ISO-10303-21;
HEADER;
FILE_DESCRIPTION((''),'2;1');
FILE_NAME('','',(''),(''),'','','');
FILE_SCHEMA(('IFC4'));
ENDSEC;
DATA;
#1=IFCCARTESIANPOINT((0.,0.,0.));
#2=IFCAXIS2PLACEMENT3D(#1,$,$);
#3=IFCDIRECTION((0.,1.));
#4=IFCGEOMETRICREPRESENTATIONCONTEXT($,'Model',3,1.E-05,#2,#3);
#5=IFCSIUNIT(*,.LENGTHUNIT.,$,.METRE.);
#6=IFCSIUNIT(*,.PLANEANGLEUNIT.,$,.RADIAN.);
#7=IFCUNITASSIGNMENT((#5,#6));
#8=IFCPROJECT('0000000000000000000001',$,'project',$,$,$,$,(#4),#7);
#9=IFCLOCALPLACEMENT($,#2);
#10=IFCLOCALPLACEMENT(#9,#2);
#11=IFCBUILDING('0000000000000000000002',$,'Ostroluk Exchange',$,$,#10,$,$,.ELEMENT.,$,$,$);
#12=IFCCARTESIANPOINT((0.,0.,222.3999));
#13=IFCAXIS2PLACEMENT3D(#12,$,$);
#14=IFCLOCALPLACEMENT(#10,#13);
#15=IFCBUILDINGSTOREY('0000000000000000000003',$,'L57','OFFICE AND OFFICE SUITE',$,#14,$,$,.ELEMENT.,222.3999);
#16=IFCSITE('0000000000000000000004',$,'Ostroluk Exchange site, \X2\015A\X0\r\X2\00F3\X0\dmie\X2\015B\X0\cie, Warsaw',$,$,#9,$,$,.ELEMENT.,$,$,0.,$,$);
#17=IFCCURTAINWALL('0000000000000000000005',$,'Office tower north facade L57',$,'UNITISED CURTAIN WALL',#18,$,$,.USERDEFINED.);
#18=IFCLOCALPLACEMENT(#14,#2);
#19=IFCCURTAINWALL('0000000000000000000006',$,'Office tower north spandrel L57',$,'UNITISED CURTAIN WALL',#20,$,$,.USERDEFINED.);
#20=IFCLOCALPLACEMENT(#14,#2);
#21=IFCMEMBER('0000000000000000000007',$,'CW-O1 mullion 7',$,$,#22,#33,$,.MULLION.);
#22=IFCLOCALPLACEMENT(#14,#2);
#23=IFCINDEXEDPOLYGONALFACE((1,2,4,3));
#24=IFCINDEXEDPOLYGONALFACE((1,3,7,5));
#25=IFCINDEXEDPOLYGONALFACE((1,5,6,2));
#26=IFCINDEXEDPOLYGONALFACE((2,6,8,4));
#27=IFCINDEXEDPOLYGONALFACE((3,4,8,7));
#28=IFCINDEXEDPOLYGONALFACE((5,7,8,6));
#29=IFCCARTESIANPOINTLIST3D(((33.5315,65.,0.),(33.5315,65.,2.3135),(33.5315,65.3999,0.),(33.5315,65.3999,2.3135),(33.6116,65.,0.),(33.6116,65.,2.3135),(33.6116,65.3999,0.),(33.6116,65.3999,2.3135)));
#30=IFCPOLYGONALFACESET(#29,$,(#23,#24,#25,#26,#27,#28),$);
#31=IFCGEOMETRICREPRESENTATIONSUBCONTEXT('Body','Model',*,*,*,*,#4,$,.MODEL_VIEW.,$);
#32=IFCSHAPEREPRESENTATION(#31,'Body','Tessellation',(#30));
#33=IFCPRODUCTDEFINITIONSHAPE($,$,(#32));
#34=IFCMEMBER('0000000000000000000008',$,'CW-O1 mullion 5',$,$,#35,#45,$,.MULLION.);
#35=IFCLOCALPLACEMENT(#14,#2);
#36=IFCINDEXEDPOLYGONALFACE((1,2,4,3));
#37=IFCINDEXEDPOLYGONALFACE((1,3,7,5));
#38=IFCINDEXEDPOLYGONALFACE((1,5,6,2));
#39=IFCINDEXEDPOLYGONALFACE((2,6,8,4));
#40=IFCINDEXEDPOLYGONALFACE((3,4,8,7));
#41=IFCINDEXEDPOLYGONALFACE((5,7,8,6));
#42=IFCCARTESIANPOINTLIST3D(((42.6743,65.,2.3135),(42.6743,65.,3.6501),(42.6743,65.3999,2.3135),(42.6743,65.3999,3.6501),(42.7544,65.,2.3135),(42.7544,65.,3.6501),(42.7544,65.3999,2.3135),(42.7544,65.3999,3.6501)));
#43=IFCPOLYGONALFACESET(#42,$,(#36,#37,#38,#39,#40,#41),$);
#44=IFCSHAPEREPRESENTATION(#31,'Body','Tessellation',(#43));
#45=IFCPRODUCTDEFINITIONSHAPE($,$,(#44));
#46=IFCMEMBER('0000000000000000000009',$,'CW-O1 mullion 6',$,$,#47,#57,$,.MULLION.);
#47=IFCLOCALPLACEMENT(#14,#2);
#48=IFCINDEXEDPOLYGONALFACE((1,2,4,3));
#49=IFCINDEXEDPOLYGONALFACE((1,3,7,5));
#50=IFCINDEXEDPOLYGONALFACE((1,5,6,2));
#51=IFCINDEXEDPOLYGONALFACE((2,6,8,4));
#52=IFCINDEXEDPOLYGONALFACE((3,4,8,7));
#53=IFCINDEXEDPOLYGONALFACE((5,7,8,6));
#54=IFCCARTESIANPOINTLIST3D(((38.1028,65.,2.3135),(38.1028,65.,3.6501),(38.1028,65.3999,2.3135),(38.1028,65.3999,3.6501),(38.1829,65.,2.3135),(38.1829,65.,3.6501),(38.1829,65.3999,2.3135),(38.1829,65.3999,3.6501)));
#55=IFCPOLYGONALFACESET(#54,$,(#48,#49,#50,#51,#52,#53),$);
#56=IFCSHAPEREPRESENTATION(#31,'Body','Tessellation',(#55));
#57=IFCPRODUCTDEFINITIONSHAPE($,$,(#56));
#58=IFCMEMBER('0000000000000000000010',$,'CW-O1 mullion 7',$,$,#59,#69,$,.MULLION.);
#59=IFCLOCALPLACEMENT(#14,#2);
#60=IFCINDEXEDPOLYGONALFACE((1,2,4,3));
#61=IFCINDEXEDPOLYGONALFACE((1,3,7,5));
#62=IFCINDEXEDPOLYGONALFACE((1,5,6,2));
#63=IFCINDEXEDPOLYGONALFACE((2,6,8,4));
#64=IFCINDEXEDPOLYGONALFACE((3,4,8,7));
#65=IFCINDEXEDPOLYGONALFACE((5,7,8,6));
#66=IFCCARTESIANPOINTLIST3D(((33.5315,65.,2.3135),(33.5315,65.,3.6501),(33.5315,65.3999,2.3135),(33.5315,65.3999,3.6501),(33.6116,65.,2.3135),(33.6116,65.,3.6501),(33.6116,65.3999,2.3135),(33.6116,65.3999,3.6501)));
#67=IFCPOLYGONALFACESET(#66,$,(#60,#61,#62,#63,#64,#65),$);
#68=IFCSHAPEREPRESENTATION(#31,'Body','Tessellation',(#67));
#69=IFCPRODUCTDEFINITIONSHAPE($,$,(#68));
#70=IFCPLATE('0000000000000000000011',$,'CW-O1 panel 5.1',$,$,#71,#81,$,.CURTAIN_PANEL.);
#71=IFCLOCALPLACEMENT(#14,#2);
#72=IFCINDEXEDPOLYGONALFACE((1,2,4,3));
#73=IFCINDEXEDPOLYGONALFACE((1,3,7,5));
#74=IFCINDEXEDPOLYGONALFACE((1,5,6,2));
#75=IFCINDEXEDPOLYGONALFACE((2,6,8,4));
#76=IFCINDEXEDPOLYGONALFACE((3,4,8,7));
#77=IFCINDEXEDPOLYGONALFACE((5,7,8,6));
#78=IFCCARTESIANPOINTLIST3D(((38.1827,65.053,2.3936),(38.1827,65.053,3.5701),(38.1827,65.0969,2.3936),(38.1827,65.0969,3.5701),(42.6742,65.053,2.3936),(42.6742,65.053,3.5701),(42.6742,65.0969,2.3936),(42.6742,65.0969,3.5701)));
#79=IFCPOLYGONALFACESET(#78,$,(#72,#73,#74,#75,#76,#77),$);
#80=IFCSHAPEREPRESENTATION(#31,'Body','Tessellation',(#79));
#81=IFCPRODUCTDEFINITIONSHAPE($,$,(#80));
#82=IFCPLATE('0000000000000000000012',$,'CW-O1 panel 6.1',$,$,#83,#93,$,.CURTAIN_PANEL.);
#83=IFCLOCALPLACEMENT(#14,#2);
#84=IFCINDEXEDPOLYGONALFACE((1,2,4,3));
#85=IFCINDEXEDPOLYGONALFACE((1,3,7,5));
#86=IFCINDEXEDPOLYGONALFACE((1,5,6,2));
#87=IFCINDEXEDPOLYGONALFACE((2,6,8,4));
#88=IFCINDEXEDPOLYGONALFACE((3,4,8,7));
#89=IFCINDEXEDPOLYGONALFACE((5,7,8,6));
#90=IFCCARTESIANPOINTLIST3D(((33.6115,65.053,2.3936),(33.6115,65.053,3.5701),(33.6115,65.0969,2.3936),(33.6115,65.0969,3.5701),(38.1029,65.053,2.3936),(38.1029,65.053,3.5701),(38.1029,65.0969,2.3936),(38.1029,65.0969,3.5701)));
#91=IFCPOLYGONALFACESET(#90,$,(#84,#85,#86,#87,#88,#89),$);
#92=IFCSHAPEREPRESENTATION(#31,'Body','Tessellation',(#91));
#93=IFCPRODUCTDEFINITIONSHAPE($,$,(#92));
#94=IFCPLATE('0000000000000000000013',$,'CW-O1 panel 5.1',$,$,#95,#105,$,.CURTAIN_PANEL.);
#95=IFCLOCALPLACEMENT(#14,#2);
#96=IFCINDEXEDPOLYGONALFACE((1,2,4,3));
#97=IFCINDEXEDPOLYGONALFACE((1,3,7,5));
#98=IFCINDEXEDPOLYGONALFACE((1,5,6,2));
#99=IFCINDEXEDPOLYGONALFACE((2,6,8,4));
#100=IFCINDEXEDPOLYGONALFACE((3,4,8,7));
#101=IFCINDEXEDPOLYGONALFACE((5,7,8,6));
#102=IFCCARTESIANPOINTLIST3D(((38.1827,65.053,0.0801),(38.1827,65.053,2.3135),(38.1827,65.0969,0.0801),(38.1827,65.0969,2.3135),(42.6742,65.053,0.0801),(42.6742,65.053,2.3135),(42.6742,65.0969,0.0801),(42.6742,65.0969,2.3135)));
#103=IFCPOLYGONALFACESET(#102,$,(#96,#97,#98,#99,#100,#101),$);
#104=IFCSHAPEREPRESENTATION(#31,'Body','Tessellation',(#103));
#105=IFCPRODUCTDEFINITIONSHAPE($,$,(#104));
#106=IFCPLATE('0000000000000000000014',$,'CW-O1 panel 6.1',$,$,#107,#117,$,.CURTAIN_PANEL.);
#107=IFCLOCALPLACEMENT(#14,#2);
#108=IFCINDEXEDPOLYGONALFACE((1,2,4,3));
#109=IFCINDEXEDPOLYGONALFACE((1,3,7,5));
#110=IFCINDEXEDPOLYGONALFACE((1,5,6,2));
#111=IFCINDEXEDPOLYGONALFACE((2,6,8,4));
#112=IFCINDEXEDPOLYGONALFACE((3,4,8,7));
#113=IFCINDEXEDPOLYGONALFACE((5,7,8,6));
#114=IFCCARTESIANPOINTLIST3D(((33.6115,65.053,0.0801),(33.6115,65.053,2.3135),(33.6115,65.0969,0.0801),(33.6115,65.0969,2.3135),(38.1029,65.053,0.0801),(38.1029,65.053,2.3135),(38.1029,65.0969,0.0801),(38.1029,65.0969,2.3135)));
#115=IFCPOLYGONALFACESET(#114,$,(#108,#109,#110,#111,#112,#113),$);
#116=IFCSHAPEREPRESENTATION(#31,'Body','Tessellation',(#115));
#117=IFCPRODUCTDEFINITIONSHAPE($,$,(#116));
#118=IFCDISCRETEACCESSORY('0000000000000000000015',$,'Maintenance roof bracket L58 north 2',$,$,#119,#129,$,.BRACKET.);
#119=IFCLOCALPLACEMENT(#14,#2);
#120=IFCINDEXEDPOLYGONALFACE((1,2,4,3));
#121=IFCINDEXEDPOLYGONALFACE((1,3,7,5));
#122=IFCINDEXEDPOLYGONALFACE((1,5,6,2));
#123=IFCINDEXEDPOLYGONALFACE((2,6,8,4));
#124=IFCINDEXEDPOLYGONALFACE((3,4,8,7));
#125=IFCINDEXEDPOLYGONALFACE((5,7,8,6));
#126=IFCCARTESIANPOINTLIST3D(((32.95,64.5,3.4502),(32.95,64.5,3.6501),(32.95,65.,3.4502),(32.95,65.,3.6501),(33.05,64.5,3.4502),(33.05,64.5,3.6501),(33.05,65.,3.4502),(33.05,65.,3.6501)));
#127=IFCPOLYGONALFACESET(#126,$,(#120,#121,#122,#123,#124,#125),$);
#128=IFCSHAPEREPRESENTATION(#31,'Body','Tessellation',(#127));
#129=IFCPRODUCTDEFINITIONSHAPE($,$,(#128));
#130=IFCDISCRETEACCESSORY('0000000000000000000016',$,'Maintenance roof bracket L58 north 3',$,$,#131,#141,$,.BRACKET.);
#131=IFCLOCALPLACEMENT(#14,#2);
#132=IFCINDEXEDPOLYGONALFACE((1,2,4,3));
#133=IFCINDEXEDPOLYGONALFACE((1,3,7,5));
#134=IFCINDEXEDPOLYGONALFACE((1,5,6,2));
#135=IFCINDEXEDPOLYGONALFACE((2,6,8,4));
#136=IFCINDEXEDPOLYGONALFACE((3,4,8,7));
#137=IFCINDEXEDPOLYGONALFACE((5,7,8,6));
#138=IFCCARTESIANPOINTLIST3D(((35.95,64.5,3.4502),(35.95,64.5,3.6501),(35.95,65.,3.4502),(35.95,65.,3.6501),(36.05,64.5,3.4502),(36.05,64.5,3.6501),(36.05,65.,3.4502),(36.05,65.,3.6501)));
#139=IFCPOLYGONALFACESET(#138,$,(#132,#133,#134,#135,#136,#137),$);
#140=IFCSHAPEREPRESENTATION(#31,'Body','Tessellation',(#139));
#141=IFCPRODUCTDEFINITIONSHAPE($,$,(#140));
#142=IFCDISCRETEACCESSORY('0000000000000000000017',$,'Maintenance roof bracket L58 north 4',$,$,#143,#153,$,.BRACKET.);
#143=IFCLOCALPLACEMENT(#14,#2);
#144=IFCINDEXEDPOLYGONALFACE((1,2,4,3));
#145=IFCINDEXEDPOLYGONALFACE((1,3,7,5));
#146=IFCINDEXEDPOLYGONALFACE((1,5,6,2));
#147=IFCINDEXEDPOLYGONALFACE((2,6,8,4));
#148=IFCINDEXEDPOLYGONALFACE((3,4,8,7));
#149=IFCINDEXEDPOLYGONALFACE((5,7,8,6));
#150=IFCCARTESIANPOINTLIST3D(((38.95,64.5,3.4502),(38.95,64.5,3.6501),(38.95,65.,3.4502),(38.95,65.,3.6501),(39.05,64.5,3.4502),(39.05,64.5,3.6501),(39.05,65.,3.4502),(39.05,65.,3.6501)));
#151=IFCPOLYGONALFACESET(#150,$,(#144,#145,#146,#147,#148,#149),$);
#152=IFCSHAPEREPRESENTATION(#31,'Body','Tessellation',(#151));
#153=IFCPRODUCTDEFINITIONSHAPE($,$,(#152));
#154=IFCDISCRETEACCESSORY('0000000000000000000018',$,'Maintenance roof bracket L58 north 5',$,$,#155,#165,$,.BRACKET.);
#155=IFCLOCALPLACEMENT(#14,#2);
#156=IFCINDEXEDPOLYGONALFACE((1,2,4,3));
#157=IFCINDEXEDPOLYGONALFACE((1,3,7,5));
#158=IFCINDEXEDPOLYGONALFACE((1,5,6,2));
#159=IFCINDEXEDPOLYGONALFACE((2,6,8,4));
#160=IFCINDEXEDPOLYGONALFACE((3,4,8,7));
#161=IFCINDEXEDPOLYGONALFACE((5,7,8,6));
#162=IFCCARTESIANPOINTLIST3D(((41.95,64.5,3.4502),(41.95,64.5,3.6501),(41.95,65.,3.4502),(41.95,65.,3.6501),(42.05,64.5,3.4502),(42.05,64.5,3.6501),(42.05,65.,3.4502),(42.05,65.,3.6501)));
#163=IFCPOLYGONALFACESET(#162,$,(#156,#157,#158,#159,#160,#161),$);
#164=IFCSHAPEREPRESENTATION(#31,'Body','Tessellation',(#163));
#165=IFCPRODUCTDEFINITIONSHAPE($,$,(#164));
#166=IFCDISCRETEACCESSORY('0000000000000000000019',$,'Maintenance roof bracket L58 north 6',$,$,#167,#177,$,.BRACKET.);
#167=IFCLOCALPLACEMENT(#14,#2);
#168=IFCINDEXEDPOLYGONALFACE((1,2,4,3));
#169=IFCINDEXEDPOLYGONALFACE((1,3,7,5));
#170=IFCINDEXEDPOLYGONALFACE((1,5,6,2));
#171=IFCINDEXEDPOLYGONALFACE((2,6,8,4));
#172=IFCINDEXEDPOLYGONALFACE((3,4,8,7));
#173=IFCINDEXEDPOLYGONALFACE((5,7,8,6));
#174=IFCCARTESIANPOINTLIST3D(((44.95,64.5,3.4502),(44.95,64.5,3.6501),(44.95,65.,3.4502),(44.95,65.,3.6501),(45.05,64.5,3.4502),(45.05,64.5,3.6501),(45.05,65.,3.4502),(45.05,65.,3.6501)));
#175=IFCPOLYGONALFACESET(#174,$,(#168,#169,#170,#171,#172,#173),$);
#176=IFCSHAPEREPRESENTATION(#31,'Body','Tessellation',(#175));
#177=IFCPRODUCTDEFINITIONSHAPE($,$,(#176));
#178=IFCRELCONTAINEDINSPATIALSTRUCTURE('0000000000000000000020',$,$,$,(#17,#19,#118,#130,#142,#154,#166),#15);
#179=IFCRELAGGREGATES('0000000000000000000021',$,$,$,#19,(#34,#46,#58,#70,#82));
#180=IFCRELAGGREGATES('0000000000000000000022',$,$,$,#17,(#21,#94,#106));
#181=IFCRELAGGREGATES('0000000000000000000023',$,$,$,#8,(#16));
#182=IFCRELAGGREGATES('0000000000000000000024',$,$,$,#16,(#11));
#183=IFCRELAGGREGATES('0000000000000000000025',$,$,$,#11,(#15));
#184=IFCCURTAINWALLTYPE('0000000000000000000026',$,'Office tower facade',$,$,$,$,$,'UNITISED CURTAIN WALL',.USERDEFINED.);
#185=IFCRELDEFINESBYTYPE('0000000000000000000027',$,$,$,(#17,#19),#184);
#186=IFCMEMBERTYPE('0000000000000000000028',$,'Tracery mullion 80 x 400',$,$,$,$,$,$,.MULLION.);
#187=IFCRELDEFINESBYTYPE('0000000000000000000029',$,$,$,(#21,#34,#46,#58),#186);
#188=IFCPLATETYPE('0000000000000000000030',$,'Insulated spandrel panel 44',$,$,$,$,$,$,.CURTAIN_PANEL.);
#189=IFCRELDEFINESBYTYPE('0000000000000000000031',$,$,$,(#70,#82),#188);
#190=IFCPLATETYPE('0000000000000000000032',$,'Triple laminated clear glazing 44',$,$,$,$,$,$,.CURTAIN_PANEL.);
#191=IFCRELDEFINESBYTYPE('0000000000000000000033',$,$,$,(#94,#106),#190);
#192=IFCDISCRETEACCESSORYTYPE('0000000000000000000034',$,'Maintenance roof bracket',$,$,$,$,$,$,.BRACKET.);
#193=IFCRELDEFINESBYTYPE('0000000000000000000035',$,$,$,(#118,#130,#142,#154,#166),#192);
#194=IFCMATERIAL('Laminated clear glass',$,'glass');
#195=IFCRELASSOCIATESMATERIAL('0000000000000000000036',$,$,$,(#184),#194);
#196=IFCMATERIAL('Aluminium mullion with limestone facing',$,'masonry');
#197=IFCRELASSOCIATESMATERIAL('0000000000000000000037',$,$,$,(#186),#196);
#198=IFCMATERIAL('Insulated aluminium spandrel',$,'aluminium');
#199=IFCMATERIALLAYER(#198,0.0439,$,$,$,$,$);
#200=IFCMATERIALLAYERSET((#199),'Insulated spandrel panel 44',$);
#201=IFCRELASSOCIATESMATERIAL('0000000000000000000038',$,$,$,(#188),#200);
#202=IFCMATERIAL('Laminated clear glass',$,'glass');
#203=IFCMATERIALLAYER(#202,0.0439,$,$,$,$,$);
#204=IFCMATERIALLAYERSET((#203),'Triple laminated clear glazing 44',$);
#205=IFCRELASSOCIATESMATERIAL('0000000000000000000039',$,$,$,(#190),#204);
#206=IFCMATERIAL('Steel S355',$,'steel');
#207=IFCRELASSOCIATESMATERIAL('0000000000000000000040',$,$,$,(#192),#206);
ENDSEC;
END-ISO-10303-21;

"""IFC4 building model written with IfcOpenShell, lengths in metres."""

from ifc_helpers import new_model, si_unit, direction, frame, origin, origin_2d, place, context, subcontext, project, spatial, rectangle, extrude, material, layer, layer_set, material_profile, profile_set, type_object, element, aggregate, save


model = new_model("IFC4")

# Units and contexts
model_context = context("Model", 3, precision=1e-05, world=origin(), true_north=direction((0.0, 1.0)))
body_context = subcontext(model_context, "Body", "Model", "MODEL_VIEW")
ifc_project = project(units=[si_unit("LENGTHUNIT", "METRE"), si_unit("PLANEANGLEUNIT", "RADIAN")], contexts=[model_context])

# Site, building, storey
site_placement = place(None, origin())
site = spatial("IfcSite", under=ifc_project, at=site_placement, Name="Ostroluk Exchange site, Śródmieście, Warsaw", CompositionType="ELEMENT", RefElevation=0.0)
building_placement = place(site_placement, origin())
building = spatial("IfcBuilding", under=site, at=building_placement, Name="Ostroluk Exchange", CompositionType="ELEMENT")
storey_placement = place(building_placement, frame((0.0, 0.0, 222.3999)))
storey = spatial("IfcBuildingStorey", under=building, at=storey_placement, Name="L57", Description="OFFICE AND OFFICE SUITE", CompositionType="ELEMENT", Elevation=222.3999)

# Curtain walls
ifc_material_1 = material(Name="Laminated clear glass", Category="glass")
curtain_wall_type = type_object("IfcCurtainWallType", Name="Office tower facade", ElementType="UNITISED CURTAIN WALL", PredefinedType="USERDEFINED", material=ifc_material_1)
curtain_wall_1_placement = place(storey_placement, origin())
curtain_wall_1 = element("IfcCurtainWall", 1, at=curtain_wall_1_placement, inside=storey, type_object=curtain_wall_type, Name="Office tower north facade L57", ObjectType="UNITISED CURTAIN WALL", PredefinedType="USERDEFINED")
curtain_wall_2_placement = place(storey_placement, origin())
curtain_wall_2 = element("IfcCurtainWall", 2, at=curtain_wall_2_placement, inside=storey, type_object=curtain_wall_type, Name="Office tower north spandrel L57", ObjectType="UNITISED CURTAIN WALL", PredefinedType="USERDEFINED")

# Members
ifc_material_2 = material(Name="Aluminium mullion with limestone facing", Category="masonry")
ifc_material_profile_1 = material_profile(ifc_material_2, rectangle(XDim=0.3999, YDim=0.0801, at=origin_2d()), Name="Tracery mullion 80 x 400")
ifc_profile_set_1 = profile_set([ifc_material_profile_1], Name="Aluminium mullion with limestone facing")
member_type_1 = type_object("IfcMemberType", Name="Tracery mullion 80 x 400", PredefinedType="MULLION", material=ifc_profile_set_1)
member_1_placement = place(storey_placement, frame((33.5715, 65.2, 0.0), z_axis=(0.0, 0.0, 1.0), x_axis=(0.0, -1.0, 0.0)))
member_1 = element("IfcMember", 3, at=member_1_placement, type_object=member_type_1, Name="CW-O1 mullion 7", PredefinedType="MULLION", context=body_context, shape_type="SweptSolid", body=[
    extrude(rectangle(XDim=0.3999, YDim=0.0801, at=origin_2d()), origin(), (0.0, 0.0, 1.0), 2.3135),
])
member_2_placement = place(storey_placement, frame((42.7144, 65.2, 2.3135), z_axis=(0.0, 0.0, 1.0), x_axis=(0.0, -1.0, 0.0)))
member_2 = element("IfcMember", 4, at=member_2_placement, type_object=member_type_1, Name="CW-O1 mullion 5", PredefinedType="MULLION", context=body_context, shape_type="SweptSolid", body=[
    extrude(rectangle(XDim=0.3999, YDim=0.0801, at=origin_2d()), origin(), (0.0, 0.0, 1.0), 1.3367),
])
member_3_placement = place(storey_placement, frame((38.1428, 65.2, 2.3135), z_axis=(0.0, 0.0, 1.0), x_axis=(0.0, -1.0, 0.0)))
member_3 = element("IfcMember", 5, at=member_3_placement, type_object=member_type_1, Name="CW-O1 mullion 6", PredefinedType="MULLION", context=body_context, shape_type="SweptSolid", body=[
    extrude(rectangle(XDim=0.3999, YDim=0.0801, at=origin_2d()), origin(), (0.0, 0.0, 1.0), 1.3367),
])
member_4_placement = place(storey_placement, frame((33.5715, 65.2, 2.3135), z_axis=(0.0, 0.0, 1.0), x_axis=(0.0, -1.0, 0.0)))
member_4 = element("IfcMember", 6, at=member_4_placement, type_object=member_type_1, Name="CW-O1 mullion 7", PredefinedType="MULLION", context=body_context, shape_type="SweptSolid", body=[
    extrude(rectangle(XDim=0.3999, YDim=0.0801, at=origin_2d()), origin(), (0.0, 0.0, 1.0), 1.3367),
])

# Plates
ifc_material_3 = material(Name="Insulated aluminium spandrel", Category="aluminium")
ifc_layer_1 = layer(ifc_material_3, 0.0439)
ifc_layer_set_1 = layer_set([ifc_layer_1], Name="Insulated spandrel panel 44")
plate_type_1 = type_object("IfcPlateType", Name="Insulated spandrel panel 44", PredefinedType="CURTAIN_PANEL", material=ifc_layer_set_1)
plate_1_placement = place(storey_placement, frame((40.4285, 65.075, 2.3936), z_axis=(0.0, 0.0, 1.0), x_axis=(-1.0, 0.0, 0.0)))
plate_1 = element("IfcPlate", 7, at=plate_1_placement, type_object=plate_type_1, Name="CW-O1 panel 5.1", PredefinedType="CURTAIN_PANEL", context=body_context, shape_type="SweptSolid", body=[
    extrude(rectangle(XDim=4.4915, YDim=0.0439, at=origin_2d()), origin(), (0.0, 0.0, 1.0), 1.1765),
])
plate_2_placement = place(storey_placement, frame((35.8572, 65.075, 2.3936), z_axis=(0.0, 0.0, 1.0), x_axis=(-1.0, 0.0, 0.0)))
plate_2 = element("IfcPlate", 8, at=plate_2_placement, type_object=plate_type_1, Name="CW-O1 panel 6.1", PredefinedType="CURTAIN_PANEL", context=body_context, shape_type="SweptSolid", body=[
    extrude(rectangle(XDim=4.4915, YDim=0.0439, at=origin_2d()), origin(), (0.0, 0.0, 1.0), 1.1765),
])
aggregate(curtain_wall_2, [member_2, member_3, member_4, plate_1, plate_2])
ifc_material_4 = material(Name="Laminated clear glass", Category="glass")
ifc_layer_2 = layer(ifc_material_4, 0.0439)
ifc_layer_set_2 = layer_set([ifc_layer_2], Name="Triple laminated clear glazing 44")
plate_type_2 = type_object("IfcPlateType", Name="Triple laminated clear glazing 44", PredefinedType="CURTAIN_PANEL", material=ifc_layer_set_2)
plate_3_placement = place(storey_placement, frame((40.4285, 65.075, 0.0801), z_axis=(0.0, 0.0, 1.0), x_axis=(-1.0, 0.0, 0.0)))
plate_3 = element("IfcPlate", 9, at=plate_3_placement, type_object=plate_type_2, Name="CW-O1 panel 5.1", PredefinedType="CURTAIN_PANEL", context=body_context, shape_type="SweptSolid", body=[
    extrude(rectangle(XDim=4.4915, YDim=0.0439, at=origin_2d()), origin(), (0.0, 0.0, 1.0), 2.2334),
])
plate_4_placement = place(storey_placement, frame((35.8572, 65.075, 0.0801), z_axis=(0.0, 0.0, 1.0), x_axis=(-1.0, 0.0, 0.0)))
plate_4 = element("IfcPlate", 10, at=plate_4_placement, type_object=plate_type_2, Name="CW-O1 panel 6.1", PredefinedType="CURTAIN_PANEL", context=body_context, shape_type="SweptSolid", body=[
    extrude(rectangle(XDim=4.4915, YDim=0.0439, at=origin_2d()), origin(), (0.0, 0.0, 1.0), 2.2334),
])
aggregate(curtain_wall_1, [member_1, plate_3, plate_4])

# Discrete accessories
ifc_material_5 = material(Name="Steel S355", Category="steel")
discrete_accessory_type = type_object("IfcDiscreteAccessoryType", Name="Maintenance roof bracket", PredefinedType="BRACKET", material=ifc_material_5)
for number, where, z_axis, x_axis, name in (
    (11, (33.0, 64.75, 3.4502), (0.0, 0.0, 1.0), (1.0, 0.0, 0.0), "Maintenance roof bracket L58 north 2"),
    (12, (36.0, 64.75, 3.4502), (0.0, 0.0, 1.0), (1.0, 0.0, 0.0), "Maintenance roof bracket L58 north 3"),
    (13, (39.0, 64.75, 3.4502), (0.0, 0.0, 1.0), (1.0, 0.0, 0.0), "Maintenance roof bracket L58 north 4"),
    (14, (42.0, 64.75, 3.4502), (0.0, 0.0, 1.0), (1.0, 0.0, 0.0), "Maintenance roof bracket L58 north 5"),
    (15, (45.0, 64.75, 3.4502), (0.0, 0.0, 1.0), (1.0, 0.0, 0.0), "Maintenance roof bracket L58 north 6"),
):
    element("IfcDiscreteAccessory", number, at=place(storey_placement, frame(where, z_axis=z_axis, x_axis=x_axis)), inside=storey, type_object=discrete_accessory_type, Name=name, PredefinedType="BRACKET", context=body_context, shape_type="SweptSolid", body=[
        extrude(rectangle(XDim=0.1001, YDim=0.5, at=origin_2d()), origin(), (0.0, 0.0, 1.0), 0.2),
    ])

save(model, "model.ifc")
